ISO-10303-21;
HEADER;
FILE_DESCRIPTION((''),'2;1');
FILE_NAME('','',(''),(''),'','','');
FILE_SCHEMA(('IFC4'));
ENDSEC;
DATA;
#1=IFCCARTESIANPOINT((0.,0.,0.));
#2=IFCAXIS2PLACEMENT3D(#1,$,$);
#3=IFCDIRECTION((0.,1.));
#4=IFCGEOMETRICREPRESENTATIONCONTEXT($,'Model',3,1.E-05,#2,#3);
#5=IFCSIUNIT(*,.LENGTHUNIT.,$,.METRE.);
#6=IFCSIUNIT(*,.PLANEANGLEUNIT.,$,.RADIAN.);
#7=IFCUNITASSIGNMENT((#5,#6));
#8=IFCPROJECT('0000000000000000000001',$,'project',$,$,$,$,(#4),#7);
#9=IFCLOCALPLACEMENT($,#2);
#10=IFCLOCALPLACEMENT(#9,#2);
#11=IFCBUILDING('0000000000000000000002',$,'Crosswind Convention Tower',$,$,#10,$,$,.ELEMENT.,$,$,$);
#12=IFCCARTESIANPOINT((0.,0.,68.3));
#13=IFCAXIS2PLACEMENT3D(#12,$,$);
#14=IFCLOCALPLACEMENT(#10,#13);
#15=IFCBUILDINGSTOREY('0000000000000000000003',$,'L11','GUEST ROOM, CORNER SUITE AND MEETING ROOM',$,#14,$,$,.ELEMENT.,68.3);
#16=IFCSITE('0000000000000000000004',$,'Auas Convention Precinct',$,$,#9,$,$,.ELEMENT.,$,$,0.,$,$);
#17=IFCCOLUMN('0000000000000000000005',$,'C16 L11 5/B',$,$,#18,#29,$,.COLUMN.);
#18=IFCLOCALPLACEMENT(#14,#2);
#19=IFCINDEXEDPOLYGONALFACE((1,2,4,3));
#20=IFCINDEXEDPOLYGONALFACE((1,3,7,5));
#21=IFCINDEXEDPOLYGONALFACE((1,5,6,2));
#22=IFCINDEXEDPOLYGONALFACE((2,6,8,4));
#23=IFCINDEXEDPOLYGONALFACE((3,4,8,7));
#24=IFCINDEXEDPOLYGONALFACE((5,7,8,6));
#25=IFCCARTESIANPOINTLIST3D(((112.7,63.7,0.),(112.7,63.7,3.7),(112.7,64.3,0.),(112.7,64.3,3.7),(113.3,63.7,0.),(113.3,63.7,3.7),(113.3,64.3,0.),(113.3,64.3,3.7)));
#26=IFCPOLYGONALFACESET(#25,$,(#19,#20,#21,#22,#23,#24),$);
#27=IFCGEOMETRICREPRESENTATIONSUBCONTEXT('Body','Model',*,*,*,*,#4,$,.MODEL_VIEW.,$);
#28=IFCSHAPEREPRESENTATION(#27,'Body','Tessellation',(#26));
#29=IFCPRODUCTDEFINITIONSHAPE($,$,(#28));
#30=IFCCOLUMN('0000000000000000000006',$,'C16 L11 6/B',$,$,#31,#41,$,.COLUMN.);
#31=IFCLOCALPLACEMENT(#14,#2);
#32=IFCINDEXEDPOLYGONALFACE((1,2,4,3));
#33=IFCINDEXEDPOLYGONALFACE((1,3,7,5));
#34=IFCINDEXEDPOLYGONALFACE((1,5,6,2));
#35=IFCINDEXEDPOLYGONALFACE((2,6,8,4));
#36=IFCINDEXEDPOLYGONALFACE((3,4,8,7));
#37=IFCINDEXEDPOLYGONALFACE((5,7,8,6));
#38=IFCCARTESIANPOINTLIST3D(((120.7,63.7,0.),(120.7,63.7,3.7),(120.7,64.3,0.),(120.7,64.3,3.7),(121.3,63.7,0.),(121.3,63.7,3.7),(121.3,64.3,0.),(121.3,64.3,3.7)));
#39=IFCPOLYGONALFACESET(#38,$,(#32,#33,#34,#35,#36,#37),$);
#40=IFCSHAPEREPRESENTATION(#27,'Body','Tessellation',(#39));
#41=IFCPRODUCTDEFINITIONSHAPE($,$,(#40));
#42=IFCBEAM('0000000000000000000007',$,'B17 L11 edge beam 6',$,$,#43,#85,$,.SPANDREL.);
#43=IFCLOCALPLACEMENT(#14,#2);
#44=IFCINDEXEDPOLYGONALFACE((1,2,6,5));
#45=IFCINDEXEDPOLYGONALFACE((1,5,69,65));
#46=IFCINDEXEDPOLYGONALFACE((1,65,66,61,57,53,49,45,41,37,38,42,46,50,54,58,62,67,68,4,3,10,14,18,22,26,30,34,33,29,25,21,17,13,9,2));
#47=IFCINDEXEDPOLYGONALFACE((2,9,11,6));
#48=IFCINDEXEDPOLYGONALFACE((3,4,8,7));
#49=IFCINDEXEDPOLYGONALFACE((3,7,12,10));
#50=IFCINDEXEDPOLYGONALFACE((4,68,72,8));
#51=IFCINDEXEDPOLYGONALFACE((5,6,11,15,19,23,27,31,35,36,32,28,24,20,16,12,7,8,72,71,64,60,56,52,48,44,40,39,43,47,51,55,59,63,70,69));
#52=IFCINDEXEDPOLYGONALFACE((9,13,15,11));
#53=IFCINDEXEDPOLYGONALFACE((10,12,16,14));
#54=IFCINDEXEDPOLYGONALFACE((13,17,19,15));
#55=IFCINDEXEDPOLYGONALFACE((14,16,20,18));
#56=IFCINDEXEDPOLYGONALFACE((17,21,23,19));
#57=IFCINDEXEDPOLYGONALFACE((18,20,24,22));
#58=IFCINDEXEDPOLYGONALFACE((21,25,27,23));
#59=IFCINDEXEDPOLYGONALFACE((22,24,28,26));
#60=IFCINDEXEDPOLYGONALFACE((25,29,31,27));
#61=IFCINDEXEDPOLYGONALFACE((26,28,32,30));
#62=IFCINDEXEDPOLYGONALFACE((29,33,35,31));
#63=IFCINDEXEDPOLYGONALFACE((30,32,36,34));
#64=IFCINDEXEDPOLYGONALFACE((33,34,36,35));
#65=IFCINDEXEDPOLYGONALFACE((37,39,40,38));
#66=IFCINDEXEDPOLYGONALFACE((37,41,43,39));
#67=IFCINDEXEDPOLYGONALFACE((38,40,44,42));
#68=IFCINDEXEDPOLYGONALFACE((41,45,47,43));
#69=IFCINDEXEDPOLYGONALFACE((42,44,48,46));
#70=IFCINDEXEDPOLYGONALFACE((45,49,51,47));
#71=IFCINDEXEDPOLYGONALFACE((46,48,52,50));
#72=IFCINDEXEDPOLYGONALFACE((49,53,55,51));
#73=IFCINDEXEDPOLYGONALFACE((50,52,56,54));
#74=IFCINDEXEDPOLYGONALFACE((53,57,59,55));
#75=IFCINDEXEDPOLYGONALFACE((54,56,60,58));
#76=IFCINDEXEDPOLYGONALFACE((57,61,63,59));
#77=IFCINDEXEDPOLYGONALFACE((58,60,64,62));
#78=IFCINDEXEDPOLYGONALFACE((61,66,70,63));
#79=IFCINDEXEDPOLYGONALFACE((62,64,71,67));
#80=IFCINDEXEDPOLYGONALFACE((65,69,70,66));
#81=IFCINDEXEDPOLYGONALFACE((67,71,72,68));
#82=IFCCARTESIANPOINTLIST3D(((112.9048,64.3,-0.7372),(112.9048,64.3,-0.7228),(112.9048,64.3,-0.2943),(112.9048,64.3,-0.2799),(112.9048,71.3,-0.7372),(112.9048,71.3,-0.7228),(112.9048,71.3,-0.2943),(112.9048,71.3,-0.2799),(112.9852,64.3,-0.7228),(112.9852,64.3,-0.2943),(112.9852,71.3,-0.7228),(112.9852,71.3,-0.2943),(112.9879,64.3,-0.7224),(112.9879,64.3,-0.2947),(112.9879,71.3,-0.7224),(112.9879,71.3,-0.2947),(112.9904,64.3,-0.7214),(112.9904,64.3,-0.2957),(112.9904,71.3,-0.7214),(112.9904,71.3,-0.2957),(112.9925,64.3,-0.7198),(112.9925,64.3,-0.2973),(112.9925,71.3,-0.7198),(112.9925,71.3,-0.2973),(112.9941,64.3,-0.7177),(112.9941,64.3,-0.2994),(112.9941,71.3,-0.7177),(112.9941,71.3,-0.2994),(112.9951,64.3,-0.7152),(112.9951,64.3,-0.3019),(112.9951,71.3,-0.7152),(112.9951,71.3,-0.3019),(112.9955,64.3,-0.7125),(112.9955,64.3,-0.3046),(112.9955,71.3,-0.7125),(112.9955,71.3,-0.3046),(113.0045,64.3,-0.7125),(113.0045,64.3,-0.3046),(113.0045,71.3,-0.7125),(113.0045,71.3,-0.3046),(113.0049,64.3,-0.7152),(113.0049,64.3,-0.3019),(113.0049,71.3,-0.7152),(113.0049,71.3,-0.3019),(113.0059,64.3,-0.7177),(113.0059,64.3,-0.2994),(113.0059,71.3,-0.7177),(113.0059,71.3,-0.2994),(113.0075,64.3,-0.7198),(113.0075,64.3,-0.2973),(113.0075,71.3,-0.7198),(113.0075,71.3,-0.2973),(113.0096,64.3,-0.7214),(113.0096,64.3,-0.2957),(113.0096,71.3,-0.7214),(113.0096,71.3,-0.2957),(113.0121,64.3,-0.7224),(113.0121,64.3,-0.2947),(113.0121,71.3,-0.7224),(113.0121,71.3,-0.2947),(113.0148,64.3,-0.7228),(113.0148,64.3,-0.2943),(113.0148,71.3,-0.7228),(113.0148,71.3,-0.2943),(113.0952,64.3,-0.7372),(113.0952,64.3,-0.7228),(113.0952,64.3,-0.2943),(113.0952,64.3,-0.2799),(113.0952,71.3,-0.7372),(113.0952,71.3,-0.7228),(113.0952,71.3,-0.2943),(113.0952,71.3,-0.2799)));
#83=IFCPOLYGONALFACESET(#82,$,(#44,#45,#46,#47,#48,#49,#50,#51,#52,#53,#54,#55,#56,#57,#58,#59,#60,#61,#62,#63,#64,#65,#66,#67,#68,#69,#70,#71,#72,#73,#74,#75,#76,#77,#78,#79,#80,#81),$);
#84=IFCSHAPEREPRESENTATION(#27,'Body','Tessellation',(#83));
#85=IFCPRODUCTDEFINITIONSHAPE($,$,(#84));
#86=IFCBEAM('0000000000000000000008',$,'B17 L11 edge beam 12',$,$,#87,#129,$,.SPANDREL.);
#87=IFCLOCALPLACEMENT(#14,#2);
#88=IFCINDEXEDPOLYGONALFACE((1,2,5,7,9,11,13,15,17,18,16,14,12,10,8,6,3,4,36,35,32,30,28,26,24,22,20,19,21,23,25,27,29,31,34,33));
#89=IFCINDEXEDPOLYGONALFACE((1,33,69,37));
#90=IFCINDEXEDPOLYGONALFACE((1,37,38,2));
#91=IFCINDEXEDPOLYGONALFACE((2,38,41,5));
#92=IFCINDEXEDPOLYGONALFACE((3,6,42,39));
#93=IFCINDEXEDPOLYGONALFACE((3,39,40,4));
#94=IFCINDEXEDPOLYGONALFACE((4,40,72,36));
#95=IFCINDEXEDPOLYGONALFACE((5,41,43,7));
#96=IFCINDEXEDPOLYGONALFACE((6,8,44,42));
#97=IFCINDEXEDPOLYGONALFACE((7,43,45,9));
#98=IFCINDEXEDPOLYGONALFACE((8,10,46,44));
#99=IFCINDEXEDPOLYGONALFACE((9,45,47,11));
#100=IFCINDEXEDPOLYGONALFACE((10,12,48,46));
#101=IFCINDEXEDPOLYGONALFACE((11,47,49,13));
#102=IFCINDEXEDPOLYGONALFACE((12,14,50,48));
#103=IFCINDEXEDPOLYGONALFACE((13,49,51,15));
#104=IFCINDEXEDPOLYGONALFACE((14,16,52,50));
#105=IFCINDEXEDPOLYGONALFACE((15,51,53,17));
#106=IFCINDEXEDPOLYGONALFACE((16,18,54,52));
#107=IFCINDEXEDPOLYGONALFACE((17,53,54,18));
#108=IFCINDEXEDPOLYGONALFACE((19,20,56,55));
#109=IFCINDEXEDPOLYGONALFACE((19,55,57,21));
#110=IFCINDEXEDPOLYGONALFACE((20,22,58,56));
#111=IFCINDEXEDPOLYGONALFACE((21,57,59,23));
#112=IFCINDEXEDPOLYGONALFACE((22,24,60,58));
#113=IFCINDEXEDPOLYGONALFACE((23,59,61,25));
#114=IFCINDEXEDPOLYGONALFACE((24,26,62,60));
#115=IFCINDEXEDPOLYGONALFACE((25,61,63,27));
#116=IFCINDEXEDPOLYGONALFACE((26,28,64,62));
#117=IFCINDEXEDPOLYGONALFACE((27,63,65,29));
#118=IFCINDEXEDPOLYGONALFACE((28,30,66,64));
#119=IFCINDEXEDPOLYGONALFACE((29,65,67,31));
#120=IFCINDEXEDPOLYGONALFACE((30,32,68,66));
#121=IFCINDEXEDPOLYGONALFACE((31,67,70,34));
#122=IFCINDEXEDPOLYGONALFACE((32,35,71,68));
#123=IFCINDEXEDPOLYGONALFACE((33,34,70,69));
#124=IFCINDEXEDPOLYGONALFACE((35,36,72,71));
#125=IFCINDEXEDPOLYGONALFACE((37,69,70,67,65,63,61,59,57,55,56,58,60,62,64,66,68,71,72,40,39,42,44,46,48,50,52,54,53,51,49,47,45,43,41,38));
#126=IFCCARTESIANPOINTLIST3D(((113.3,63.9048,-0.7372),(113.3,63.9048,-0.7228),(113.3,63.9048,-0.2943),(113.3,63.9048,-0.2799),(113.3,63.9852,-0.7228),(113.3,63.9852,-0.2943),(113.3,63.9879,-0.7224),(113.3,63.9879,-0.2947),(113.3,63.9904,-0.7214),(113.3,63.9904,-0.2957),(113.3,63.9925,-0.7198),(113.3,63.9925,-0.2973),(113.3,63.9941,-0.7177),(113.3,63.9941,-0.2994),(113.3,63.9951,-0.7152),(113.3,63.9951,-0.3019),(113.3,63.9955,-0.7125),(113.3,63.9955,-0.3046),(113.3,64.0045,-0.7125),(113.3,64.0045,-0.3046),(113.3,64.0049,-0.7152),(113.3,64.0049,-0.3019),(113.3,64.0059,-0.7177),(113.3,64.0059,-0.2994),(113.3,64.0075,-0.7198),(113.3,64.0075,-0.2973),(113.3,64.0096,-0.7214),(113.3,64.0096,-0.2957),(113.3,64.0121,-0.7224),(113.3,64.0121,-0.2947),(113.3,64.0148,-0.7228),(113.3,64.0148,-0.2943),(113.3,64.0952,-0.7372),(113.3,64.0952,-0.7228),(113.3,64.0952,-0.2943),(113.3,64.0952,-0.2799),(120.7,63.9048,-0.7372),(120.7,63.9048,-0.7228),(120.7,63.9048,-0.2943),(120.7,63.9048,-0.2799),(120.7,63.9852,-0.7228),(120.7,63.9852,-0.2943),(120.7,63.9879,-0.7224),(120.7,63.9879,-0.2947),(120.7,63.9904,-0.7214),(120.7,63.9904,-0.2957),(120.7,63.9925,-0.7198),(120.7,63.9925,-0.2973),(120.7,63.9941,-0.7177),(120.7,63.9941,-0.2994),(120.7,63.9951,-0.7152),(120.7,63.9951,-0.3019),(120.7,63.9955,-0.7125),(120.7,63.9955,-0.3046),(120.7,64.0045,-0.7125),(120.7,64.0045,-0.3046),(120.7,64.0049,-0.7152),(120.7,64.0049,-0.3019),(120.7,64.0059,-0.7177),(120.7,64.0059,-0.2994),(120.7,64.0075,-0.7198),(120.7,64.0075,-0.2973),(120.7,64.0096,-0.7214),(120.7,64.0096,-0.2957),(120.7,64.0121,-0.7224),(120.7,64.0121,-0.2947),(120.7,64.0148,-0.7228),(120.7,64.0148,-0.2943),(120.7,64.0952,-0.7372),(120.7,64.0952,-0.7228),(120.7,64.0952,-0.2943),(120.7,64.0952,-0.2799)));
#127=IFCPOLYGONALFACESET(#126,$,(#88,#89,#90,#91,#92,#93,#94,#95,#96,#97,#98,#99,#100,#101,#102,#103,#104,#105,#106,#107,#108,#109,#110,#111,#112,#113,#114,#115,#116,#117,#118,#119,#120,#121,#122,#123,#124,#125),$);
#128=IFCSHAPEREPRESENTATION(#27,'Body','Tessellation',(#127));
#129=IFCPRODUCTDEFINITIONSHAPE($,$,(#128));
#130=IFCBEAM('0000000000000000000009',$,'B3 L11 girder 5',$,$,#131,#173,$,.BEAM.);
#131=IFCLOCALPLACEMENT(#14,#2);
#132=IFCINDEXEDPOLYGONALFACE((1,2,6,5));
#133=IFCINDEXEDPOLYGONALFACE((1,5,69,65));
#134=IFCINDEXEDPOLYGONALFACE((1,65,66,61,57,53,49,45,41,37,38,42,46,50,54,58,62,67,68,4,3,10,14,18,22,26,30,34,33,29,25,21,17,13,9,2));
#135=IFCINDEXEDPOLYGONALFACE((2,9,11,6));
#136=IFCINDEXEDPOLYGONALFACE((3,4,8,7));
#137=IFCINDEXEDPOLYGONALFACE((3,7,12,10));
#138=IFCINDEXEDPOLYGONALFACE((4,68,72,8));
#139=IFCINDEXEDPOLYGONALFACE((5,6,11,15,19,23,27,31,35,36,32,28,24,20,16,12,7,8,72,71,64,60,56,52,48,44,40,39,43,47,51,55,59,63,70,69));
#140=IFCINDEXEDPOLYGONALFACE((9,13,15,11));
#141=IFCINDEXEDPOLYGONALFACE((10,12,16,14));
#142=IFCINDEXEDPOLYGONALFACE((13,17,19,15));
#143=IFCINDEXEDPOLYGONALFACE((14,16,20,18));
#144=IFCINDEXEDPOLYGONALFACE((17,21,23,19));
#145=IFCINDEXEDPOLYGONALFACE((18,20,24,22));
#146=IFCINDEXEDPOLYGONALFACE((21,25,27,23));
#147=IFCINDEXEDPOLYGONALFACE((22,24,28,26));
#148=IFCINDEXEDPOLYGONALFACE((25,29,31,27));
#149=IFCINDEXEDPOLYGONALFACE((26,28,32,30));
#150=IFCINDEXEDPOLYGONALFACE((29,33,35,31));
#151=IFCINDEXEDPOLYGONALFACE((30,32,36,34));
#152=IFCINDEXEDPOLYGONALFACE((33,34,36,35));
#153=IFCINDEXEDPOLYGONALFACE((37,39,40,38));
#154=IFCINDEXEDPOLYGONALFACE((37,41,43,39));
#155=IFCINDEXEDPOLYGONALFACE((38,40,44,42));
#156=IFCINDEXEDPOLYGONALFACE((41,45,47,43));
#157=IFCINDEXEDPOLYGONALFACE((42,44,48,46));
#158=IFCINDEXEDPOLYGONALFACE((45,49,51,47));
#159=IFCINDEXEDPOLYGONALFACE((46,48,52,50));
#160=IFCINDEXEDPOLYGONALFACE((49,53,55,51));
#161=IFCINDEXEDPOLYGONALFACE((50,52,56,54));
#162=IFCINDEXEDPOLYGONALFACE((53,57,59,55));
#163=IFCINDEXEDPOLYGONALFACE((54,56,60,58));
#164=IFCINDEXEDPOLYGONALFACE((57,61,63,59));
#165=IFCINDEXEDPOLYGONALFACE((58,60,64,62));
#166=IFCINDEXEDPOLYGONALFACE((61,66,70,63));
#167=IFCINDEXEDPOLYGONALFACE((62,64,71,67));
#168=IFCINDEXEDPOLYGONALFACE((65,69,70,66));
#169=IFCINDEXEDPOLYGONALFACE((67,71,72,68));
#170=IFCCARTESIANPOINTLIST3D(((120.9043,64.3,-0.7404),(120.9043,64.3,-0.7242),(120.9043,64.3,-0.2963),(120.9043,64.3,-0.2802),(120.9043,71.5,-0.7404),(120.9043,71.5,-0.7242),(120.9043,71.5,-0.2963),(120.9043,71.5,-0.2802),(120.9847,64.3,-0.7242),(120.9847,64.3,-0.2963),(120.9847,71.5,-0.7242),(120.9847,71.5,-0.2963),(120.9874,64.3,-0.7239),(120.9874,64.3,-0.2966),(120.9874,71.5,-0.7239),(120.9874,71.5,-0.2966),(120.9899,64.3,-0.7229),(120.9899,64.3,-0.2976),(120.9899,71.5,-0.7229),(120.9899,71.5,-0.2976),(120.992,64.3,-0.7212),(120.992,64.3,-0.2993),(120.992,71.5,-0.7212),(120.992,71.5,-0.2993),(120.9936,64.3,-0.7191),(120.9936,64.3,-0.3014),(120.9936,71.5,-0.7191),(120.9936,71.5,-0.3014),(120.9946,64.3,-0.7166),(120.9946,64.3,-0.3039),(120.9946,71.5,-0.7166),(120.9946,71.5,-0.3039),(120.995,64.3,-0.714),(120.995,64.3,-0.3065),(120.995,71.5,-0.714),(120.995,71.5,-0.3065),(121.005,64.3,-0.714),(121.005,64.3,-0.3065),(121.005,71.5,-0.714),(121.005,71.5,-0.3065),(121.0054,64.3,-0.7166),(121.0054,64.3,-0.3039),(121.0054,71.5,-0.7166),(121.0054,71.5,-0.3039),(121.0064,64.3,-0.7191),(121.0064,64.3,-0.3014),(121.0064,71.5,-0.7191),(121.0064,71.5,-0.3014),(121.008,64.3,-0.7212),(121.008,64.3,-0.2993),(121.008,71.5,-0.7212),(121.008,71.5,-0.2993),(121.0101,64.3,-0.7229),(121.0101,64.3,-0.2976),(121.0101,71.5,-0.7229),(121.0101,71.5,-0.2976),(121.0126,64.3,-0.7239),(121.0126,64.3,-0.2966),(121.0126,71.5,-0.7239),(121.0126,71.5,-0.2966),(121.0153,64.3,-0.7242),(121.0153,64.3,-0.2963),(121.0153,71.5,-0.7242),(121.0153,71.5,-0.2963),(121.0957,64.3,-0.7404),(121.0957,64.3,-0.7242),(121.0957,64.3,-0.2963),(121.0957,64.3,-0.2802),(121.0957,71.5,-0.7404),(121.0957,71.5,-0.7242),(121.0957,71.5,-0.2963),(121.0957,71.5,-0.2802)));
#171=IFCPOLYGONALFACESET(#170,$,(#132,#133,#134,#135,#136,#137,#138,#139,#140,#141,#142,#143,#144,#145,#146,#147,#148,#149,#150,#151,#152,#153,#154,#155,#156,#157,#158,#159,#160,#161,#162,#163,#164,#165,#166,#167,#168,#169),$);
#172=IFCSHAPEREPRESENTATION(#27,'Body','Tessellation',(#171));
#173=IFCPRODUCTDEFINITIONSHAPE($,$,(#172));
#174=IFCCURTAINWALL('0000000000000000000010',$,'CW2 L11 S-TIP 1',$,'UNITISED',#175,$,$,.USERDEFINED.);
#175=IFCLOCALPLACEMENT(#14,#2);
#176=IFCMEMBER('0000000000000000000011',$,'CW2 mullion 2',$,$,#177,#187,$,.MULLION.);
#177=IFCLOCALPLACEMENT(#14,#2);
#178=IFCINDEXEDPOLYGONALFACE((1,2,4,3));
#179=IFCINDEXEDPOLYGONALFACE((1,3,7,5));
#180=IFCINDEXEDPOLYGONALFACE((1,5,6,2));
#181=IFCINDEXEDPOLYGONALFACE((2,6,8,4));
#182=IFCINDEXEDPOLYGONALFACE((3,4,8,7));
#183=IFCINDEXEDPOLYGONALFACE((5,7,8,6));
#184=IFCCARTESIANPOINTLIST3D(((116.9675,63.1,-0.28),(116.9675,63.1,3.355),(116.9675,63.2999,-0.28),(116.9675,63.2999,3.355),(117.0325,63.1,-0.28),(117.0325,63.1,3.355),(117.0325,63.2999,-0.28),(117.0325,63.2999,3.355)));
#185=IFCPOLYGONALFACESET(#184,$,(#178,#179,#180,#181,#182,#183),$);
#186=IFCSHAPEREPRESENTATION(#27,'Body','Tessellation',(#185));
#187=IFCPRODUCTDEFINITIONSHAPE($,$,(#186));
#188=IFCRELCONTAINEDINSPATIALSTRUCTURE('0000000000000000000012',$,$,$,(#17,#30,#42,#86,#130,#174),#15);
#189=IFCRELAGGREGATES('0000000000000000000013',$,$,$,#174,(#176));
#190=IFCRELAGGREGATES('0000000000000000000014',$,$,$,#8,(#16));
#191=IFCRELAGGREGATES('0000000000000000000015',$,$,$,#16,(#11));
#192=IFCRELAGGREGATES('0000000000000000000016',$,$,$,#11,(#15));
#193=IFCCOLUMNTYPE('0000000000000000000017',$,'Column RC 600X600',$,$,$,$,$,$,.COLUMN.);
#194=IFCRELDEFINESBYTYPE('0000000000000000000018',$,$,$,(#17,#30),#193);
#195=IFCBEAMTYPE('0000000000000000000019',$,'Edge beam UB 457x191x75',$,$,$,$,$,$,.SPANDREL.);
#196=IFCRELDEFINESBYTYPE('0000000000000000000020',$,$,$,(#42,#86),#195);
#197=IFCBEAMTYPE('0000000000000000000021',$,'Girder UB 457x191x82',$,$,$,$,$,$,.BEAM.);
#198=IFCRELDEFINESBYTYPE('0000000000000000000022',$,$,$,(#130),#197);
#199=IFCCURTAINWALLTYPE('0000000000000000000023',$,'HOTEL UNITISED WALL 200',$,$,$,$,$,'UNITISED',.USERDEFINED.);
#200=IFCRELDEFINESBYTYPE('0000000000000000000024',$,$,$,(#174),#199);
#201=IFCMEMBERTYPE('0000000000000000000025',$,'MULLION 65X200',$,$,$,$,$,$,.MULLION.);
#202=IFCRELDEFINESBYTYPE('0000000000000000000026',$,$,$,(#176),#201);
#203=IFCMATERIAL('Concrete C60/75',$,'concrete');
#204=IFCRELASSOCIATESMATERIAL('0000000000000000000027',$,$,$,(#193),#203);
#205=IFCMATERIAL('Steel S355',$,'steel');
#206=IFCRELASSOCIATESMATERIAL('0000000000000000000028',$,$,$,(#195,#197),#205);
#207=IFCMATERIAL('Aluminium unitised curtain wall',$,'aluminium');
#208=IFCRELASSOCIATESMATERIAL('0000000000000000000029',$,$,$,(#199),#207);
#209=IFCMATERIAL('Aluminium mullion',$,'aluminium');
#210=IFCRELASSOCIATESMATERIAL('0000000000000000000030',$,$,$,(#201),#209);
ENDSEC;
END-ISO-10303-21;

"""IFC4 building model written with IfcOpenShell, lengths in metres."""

from ifc_helpers import new_model, si_unit, direction, frame, origin, origin_2d, place, context, subcontext, project, spatial, rectangle, i_section, extrude, material, material_profile, profile_set, type_object, element, aggregate, save


model = new_model("IFC4")

# Units and contexts
model_context = context("Model", 3, precision=1e-05, world=origin(), true_north=direction((0.0, 1.0)))
body_context = subcontext(model_context, "Body", "Model", "MODEL_VIEW")
ifc_project = project(units=[si_unit("LENGTHUNIT", "METRE"), si_unit("PLANEANGLEUNIT", "RADIAN")], contexts=[model_context])

# Site, building, storey
site_placement = place(None, origin())
site = spatial("IfcSite", under=ifc_project, at=site_placement, Name="Auas Convention Precinct", CompositionType="ELEMENT", RefElevation=0.0)
building_placement = place(site_placement, origin())
building = spatial("IfcBuilding", under=site, at=building_placement, Name="Crosswind Convention Tower", CompositionType="ELEMENT")
storey_placement = place(building_placement, frame((0.0, 0.0, 68.3)))
storey = spatial("IfcBuildingStorey", under=building, at=storey_placement, Name="L11", Description="GUEST ROOM, CORNER SUITE AND MEETING ROOM", CompositionType="ELEMENT", Elevation=68.3)

# Columns
ifc_material_1 = material(Name="Concrete C60/75", Category="concrete")
ifc_material_profile_1 = material_profile(ifc_material_1, rectangle(XDim=0.6001, YDim=0.6001, at=origin_2d()), Name="RC 600X600")
ifc_profile_set_1 = profile_set([ifc_material_profile_1], Name="Concrete C60/75")
column_type = type_object("IfcColumnType", Name="Column RC 600X600", PredefinedType="COLUMN", material=ifc_profile_set_1)
for number, where, z_axis, x_axis, name in (
    (1, (113.0, 64.0, 0.0), (0.0, 0.0, 1.0), (1.0, 0.0, 0.0), "C16 L11 5/B"),
    (2, (121.0, 64.0, 0.0), (0.0, 0.0, 1.0), (1.0, 0.0, 0.0), "C16 L11 6/B"),
):
    element("IfcColumn", number, at=place(storey_placement, frame(where, z_axis=z_axis, x_axis=x_axis)), inside=storey, type_object=column_type, Name=name, PredefinedType="COLUMN", context=body_context, shape_type="SweptSolid", body=[
        extrude(rectangle(XDim=0.6001, YDim=0.6001, at=origin_2d()), origin(), (0.0, 0.0, 1.0), 3.7),
    ])

# Beams
ifc_material_2 = material(Name="Steel S355", Category="steel")
ifc_material_profile_2 = material_profile(ifc_material_2, i_section(OverallWidth=0.1904, OverallDepth=0.4573, WebThickness=0.009, FlangeThickness=0.0144, FilletRadius=0.0103, at=origin_2d()), Name="UB 457x191x75")
ifc_profile_set_2 = profile_set([ifc_material_profile_2], Name="Steel S355")
beam_type_1 = type_object("IfcBeamType", Name="Edge beam UB 457x191x75", PredefinedType="SPANDREL", material=ifc_profile_set_2)
beam_1_placement = place(storey_placement, frame((113.0, 64.3, -0.5085), z_axis=(0.0, 1.0, 0.0), x_axis=(-1.0, 0.0, 0.0)))
element("IfcBeam", 3, at=beam_1_placement, inside=storey, type_object=beam_type_1, Name="B17 L11 edge beam 6", PredefinedType="SPANDREL", context=body_context, shape_type="SweptSolid", body=[
    extrude(i_section(OverallWidth=0.1904, OverallDepth=0.4573, WebThickness=0.009, FlangeThickness=0.0144, FilletRadius=0.0103, at=origin_2d()), origin(), (0.0, 0.0, 1.0), 7.0),
])
beam_2_placement = place(storey_placement, frame((113.3, 64.0, -0.5085), z_axis=(1.0, 0.0, 0.0), x_axis=(0.0, 1.0, 0.0)))
element("IfcBeam", 4, at=beam_2_placement, inside=storey, type_object=beam_type_1, Name="B17 L11 edge beam 12", PredefinedType="SPANDREL", context=body_context, shape_type="SweptSolid", body=[
    extrude(i_section(OverallWidth=0.1904, OverallDepth=0.4573, WebThickness=0.009, FlangeThickness=0.0144, FilletRadius=0.0103, at=origin_2d()), origin(), (0.0, 0.0, 1.0), 7.3999),
])
ifc_material_profile_3 = material_profile(ifc_material_2, i_section(OverallWidth=0.1914, OverallDepth=0.4602, WebThickness=0.01, FlangeThickness=0.0161, FilletRadius=0.0103, at=origin_2d()), Name="UB 457x191x82")
ifc_profile_set_3 = profile_set([ifc_material_profile_3], Name="Steel S355")
beam_type_2 = type_object("IfcBeamType", Name="Girder UB 457x191x82", PredefinedType="BEAM", material=ifc_profile_set_3)
beam_3_placement = place(storey_placement, frame((121.0, 64.3, -0.5103), z_axis=(0.0, 1.0, 0.0), x_axis=(-1.0, 0.0, 0.0)))
element("IfcBeam", 5, at=beam_3_placement, inside=storey, type_object=beam_type_2, Name="B3 L11 girder 5", PredefinedType="BEAM", context=body_context, shape_type="SweptSolid", body=[
    extrude(i_section(OverallWidth=0.1914, OverallDepth=0.4602, WebThickness=0.01, FlangeThickness=0.0161, FilletRadius=0.0103, at=origin_2d()), origin(), (0.0, 0.0, 1.0), 7.2),
])

# Curtain wall, member
ifc_material_3 = material(Name="Aluminium unitised curtain wall", Category="aluminium")
curtain_wall_type = type_object("IfcCurtainWallType", Name="HOTEL UNITISED WALL 200", ElementType="UNITISED", PredefinedType="USERDEFINED", material=ifc_material_3)
curtain_wall_placement = place(storey_placement, origin())
curtain_wall = element("IfcCurtainWall", 6, at=curtain_wall_placement, inside=storey, type_object=curtain_wall_type, Name="CW2 L11 S-TIP 1", ObjectType="UNITISED", PredefinedType="USERDEFINED")
ifc_material_4 = material(Name="Aluminium mullion", Category="aluminium")
ifc_material_profile_4 = material_profile(ifc_material_4, rectangle(XDim=0.2, YDim=0.0649, at=origin_2d()), Name="AL 200X65")
ifc_profile_set_4 = profile_set([ifc_material_profile_4], Name="Aluminium mullion")
member_type_1 = type_object("IfcMemberType", Name="MULLION 65X200", PredefinedType="MULLION", material=ifc_profile_set_4)
member_1_placement = place(storey_placement, frame((117.0, 63.2, -0.28), z_axis=(0.0, 0.0, 1.0), x_axis=(0.0, -1.0, 0.0)))
member_1 = element("IfcMember", 7, at=member_1_placement, type_object=member_type_1, Name="CW2 mullion 2", PredefinedType="MULLION", context=body_context, shape_type="SweptSolid", body=[
    extrude(rectangle(XDim=0.2, YDim=0.0649, at=origin_2d()), origin(), (0.0, 0.0, 1.0), 3.635),
])

aggregate(curtain_wall, [member_1])

save(model, "model.ifc")
